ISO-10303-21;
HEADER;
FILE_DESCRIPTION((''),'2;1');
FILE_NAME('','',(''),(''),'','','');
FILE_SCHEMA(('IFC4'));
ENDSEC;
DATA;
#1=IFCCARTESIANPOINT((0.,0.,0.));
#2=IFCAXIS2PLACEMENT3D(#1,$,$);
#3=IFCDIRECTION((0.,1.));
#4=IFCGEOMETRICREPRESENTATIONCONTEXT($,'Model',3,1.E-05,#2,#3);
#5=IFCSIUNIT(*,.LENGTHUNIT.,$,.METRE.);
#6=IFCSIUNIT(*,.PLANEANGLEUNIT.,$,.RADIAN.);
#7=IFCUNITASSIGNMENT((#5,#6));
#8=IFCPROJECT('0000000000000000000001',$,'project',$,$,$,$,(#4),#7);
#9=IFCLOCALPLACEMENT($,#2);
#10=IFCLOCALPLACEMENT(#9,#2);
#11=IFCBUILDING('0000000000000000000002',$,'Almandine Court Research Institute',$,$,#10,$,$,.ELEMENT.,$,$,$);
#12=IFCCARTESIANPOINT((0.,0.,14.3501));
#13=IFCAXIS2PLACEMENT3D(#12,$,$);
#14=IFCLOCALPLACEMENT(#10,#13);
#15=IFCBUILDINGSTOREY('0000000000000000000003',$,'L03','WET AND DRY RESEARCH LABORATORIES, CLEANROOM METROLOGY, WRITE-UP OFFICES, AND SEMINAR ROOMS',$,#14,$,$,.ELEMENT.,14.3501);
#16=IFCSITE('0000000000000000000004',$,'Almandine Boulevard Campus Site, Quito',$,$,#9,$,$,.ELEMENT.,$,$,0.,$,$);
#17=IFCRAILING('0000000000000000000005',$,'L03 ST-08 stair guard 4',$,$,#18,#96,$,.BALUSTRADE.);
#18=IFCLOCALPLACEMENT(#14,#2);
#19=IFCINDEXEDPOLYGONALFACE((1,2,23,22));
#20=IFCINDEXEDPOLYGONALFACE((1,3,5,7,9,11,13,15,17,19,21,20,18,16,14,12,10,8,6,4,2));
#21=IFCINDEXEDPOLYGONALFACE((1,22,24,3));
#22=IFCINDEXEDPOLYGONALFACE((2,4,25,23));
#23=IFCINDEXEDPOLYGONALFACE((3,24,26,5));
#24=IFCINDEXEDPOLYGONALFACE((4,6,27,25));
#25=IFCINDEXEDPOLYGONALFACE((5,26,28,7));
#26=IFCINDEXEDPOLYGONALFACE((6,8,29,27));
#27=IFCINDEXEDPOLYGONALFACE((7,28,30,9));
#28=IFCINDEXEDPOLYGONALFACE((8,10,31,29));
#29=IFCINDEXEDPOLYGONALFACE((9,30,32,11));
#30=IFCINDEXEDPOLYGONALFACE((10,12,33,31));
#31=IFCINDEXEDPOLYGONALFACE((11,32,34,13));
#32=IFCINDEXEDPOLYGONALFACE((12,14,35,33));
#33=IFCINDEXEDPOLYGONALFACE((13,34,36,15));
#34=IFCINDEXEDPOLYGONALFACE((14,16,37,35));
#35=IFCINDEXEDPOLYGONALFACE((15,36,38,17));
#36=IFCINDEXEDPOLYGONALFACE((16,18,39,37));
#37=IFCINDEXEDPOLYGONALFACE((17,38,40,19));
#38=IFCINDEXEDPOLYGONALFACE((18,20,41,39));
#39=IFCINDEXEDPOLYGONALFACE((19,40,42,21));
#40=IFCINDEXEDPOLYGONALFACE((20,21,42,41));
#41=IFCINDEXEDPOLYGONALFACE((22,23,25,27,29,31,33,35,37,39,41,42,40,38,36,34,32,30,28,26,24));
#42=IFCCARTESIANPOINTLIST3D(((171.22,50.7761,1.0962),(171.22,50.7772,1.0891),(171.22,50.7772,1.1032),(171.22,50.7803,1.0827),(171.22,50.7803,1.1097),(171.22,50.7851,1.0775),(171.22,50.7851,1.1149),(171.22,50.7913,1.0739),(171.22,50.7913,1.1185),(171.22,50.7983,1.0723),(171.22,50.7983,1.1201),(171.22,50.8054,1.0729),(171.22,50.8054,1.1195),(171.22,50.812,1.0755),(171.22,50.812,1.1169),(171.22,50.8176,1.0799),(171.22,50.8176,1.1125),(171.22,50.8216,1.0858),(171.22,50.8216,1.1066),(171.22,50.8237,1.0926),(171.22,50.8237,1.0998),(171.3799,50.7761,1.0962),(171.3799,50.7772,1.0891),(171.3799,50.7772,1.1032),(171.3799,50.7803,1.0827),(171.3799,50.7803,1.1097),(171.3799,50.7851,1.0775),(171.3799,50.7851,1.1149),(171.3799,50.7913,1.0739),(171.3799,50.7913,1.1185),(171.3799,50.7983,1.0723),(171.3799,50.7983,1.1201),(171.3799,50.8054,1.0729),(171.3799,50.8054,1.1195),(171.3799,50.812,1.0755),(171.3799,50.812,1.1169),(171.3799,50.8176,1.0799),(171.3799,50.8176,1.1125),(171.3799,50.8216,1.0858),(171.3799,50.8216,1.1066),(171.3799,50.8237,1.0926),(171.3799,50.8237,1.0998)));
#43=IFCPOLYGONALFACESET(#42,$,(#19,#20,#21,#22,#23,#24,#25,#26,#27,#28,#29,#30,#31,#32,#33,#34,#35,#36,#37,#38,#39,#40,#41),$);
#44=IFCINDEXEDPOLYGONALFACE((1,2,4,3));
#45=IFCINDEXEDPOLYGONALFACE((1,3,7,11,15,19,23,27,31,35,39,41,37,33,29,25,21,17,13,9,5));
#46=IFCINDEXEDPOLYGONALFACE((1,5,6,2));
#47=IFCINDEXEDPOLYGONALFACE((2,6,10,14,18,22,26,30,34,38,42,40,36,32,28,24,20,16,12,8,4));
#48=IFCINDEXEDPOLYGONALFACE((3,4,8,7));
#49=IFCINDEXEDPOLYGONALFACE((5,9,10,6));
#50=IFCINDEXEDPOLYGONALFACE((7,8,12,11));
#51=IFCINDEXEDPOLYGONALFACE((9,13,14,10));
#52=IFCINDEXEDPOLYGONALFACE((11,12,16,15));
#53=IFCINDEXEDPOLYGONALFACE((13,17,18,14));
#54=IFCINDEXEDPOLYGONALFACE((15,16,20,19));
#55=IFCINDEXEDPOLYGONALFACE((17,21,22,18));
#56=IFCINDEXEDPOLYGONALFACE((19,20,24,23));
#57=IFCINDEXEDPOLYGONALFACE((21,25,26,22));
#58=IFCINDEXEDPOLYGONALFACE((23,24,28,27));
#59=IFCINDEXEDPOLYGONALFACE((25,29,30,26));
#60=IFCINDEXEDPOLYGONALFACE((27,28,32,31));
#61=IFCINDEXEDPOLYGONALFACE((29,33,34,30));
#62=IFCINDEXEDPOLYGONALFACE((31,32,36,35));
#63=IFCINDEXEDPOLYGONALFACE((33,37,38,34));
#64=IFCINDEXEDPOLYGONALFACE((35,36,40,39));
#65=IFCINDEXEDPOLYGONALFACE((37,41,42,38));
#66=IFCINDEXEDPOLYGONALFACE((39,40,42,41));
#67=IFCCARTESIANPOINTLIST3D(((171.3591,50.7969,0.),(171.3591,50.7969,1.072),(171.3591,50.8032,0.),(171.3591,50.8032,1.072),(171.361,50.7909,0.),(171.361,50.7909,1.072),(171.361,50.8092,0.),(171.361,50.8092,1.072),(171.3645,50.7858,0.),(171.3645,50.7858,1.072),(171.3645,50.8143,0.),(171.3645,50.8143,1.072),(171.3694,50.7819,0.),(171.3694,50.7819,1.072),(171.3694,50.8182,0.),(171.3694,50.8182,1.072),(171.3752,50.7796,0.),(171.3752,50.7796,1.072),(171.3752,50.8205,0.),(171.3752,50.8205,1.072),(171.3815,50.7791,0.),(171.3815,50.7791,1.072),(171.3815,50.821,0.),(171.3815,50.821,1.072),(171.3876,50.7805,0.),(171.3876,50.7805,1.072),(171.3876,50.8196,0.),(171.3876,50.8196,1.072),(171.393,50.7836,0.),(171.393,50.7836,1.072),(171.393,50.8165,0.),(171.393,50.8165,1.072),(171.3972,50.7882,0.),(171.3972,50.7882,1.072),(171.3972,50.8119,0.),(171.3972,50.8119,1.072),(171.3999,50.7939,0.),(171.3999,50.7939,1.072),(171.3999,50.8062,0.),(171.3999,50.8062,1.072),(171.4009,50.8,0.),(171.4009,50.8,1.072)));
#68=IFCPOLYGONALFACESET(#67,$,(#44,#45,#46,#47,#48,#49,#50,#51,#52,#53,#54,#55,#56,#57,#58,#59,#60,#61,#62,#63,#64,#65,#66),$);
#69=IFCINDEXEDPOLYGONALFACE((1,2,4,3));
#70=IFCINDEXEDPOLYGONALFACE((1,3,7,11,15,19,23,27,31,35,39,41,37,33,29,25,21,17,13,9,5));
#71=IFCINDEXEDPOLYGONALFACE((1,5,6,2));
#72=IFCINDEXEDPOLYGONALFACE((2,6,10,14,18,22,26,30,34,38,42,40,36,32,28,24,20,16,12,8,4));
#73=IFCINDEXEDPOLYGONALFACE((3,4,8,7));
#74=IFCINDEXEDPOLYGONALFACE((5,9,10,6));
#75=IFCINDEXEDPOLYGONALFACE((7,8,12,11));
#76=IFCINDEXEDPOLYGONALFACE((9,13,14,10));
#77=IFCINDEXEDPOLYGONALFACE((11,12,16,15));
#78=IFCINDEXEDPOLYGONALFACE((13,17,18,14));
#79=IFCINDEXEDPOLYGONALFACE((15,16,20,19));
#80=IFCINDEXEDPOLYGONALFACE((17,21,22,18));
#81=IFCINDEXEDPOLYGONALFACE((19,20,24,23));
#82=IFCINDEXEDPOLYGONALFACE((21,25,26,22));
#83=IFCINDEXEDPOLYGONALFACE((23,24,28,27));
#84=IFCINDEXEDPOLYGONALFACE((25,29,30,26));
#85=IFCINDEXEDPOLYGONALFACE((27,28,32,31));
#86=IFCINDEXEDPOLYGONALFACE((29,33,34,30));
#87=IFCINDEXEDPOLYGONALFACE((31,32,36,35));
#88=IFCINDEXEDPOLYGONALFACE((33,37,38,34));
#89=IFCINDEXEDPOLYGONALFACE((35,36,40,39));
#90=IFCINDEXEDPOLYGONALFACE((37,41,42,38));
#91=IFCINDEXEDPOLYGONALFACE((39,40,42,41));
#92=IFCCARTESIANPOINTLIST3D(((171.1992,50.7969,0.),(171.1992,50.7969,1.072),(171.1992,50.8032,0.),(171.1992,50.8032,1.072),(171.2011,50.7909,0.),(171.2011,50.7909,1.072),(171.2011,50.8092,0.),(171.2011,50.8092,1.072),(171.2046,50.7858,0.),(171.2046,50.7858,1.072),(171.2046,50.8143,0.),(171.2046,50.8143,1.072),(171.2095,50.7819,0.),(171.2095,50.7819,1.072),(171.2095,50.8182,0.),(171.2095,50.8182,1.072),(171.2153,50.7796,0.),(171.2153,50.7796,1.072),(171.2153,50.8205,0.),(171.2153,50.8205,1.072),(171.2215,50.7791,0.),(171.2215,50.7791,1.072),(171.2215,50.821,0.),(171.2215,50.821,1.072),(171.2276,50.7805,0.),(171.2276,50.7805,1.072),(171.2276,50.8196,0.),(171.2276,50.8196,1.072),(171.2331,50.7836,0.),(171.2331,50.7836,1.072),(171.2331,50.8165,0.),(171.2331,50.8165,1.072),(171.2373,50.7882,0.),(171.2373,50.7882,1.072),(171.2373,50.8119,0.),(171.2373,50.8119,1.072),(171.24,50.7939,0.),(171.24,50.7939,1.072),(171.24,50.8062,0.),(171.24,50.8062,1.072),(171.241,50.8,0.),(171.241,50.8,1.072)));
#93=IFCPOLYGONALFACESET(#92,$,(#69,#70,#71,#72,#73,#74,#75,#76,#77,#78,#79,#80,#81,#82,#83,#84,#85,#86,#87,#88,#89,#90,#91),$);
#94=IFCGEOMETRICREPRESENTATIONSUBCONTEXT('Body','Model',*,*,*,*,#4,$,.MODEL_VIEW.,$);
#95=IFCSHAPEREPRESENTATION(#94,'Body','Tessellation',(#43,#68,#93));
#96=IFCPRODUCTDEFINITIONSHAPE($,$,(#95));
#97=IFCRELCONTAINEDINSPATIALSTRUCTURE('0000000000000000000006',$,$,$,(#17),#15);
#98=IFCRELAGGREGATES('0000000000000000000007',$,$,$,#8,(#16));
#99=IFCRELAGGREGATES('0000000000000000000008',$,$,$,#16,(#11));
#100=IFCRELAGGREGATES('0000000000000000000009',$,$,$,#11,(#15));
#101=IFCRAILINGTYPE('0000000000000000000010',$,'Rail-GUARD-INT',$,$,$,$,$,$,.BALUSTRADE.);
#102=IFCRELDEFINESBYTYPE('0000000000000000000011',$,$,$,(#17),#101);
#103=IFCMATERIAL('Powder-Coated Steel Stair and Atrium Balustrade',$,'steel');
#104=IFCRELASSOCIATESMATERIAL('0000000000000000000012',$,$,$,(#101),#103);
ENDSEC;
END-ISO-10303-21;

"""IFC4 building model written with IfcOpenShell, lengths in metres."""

from ifc_helpers import new_model, si_unit, direction, frame, origin, origin_2d, place, context, subcontext, project, spatial, circle, extrude, material, type_object, element, save


model = new_model("IFC4")

# Units and contexts
model_context = context("Model", 3, precision=1e-05, world=origin(), true_north=direction((0.0, 1.0)))
body_context = subcontext(model_context, "Body", "Model", "MODEL_VIEW")
ifc_project = project(units=[si_unit("LENGTHUNIT", "METRE"), si_unit("PLANEANGLEUNIT", "RADIAN")], contexts=[model_context])

# Site, building, storey
site_placement = place(None, origin())
site = spatial("IfcSite", under=ifc_project, at=site_placement, Name="Almandine Boulevard Campus Site, Quito", CompositionType="ELEMENT", RefElevation=0.0)
building_placement = place(site_placement, origin())
building = spatial("IfcBuilding", under=site, at=building_placement, Name="Almandine Court Research Institute", CompositionType="ELEMENT")
storey_placement = place(building_placement, frame((0.0, 0.0, 14.3501)))
storey = spatial("IfcBuildingStorey", under=building, at=storey_placement, Name="L03", Description="WET AND DRY RESEARCH LABORATORIES, CLEANROOM METROLOGY, WRITE-UP OFFICES, AND SEMINAR ROOMS", CompositionType="ELEMENT", Elevation=14.3501)

# Railing
ifc_material_1 = material(Name="Powder-Coated Steel Stair and Atrium Balustrade", Category="steel")
railing_type_1 = type_object("IfcRailingType", Name="Rail-GUARD-INT", PredefinedType="BALUSTRADE", material=ifc_material_1)
railing_1_placement = place(storey_placement, frame((171.3799, 50.8, 0.0)))
element("IfcRailing", 1, at=railing_1_placement, inside=storey, type_object=railing_type_1, Name="L03 ST-08 stair guard 4", PredefinedType="BALUSTRADE", context=body_context, shape_type="SweptSolid", body=[
    extrude(circle(Radius=0.0239, at=origin_2d()), frame((0.0, 0.0, 1.0962), z_axis=(-1.0, 0.0, 0.0), x_axis=(0.0, -1.0, 0.0)), (0.0, 0.0, 1.0), 0.1599),
    extrude(circle(Radius=0.021, at=origin_2d()), origin(), (0.0, 0.0, 1.0), 1.072),
    extrude(circle(Radius=0.021, at=origin_2d()), frame((-0.1599, 0.0, 0.0)), (0.0, 0.0, 1.0), 1.072),
])

save(model, "model.ifc")
